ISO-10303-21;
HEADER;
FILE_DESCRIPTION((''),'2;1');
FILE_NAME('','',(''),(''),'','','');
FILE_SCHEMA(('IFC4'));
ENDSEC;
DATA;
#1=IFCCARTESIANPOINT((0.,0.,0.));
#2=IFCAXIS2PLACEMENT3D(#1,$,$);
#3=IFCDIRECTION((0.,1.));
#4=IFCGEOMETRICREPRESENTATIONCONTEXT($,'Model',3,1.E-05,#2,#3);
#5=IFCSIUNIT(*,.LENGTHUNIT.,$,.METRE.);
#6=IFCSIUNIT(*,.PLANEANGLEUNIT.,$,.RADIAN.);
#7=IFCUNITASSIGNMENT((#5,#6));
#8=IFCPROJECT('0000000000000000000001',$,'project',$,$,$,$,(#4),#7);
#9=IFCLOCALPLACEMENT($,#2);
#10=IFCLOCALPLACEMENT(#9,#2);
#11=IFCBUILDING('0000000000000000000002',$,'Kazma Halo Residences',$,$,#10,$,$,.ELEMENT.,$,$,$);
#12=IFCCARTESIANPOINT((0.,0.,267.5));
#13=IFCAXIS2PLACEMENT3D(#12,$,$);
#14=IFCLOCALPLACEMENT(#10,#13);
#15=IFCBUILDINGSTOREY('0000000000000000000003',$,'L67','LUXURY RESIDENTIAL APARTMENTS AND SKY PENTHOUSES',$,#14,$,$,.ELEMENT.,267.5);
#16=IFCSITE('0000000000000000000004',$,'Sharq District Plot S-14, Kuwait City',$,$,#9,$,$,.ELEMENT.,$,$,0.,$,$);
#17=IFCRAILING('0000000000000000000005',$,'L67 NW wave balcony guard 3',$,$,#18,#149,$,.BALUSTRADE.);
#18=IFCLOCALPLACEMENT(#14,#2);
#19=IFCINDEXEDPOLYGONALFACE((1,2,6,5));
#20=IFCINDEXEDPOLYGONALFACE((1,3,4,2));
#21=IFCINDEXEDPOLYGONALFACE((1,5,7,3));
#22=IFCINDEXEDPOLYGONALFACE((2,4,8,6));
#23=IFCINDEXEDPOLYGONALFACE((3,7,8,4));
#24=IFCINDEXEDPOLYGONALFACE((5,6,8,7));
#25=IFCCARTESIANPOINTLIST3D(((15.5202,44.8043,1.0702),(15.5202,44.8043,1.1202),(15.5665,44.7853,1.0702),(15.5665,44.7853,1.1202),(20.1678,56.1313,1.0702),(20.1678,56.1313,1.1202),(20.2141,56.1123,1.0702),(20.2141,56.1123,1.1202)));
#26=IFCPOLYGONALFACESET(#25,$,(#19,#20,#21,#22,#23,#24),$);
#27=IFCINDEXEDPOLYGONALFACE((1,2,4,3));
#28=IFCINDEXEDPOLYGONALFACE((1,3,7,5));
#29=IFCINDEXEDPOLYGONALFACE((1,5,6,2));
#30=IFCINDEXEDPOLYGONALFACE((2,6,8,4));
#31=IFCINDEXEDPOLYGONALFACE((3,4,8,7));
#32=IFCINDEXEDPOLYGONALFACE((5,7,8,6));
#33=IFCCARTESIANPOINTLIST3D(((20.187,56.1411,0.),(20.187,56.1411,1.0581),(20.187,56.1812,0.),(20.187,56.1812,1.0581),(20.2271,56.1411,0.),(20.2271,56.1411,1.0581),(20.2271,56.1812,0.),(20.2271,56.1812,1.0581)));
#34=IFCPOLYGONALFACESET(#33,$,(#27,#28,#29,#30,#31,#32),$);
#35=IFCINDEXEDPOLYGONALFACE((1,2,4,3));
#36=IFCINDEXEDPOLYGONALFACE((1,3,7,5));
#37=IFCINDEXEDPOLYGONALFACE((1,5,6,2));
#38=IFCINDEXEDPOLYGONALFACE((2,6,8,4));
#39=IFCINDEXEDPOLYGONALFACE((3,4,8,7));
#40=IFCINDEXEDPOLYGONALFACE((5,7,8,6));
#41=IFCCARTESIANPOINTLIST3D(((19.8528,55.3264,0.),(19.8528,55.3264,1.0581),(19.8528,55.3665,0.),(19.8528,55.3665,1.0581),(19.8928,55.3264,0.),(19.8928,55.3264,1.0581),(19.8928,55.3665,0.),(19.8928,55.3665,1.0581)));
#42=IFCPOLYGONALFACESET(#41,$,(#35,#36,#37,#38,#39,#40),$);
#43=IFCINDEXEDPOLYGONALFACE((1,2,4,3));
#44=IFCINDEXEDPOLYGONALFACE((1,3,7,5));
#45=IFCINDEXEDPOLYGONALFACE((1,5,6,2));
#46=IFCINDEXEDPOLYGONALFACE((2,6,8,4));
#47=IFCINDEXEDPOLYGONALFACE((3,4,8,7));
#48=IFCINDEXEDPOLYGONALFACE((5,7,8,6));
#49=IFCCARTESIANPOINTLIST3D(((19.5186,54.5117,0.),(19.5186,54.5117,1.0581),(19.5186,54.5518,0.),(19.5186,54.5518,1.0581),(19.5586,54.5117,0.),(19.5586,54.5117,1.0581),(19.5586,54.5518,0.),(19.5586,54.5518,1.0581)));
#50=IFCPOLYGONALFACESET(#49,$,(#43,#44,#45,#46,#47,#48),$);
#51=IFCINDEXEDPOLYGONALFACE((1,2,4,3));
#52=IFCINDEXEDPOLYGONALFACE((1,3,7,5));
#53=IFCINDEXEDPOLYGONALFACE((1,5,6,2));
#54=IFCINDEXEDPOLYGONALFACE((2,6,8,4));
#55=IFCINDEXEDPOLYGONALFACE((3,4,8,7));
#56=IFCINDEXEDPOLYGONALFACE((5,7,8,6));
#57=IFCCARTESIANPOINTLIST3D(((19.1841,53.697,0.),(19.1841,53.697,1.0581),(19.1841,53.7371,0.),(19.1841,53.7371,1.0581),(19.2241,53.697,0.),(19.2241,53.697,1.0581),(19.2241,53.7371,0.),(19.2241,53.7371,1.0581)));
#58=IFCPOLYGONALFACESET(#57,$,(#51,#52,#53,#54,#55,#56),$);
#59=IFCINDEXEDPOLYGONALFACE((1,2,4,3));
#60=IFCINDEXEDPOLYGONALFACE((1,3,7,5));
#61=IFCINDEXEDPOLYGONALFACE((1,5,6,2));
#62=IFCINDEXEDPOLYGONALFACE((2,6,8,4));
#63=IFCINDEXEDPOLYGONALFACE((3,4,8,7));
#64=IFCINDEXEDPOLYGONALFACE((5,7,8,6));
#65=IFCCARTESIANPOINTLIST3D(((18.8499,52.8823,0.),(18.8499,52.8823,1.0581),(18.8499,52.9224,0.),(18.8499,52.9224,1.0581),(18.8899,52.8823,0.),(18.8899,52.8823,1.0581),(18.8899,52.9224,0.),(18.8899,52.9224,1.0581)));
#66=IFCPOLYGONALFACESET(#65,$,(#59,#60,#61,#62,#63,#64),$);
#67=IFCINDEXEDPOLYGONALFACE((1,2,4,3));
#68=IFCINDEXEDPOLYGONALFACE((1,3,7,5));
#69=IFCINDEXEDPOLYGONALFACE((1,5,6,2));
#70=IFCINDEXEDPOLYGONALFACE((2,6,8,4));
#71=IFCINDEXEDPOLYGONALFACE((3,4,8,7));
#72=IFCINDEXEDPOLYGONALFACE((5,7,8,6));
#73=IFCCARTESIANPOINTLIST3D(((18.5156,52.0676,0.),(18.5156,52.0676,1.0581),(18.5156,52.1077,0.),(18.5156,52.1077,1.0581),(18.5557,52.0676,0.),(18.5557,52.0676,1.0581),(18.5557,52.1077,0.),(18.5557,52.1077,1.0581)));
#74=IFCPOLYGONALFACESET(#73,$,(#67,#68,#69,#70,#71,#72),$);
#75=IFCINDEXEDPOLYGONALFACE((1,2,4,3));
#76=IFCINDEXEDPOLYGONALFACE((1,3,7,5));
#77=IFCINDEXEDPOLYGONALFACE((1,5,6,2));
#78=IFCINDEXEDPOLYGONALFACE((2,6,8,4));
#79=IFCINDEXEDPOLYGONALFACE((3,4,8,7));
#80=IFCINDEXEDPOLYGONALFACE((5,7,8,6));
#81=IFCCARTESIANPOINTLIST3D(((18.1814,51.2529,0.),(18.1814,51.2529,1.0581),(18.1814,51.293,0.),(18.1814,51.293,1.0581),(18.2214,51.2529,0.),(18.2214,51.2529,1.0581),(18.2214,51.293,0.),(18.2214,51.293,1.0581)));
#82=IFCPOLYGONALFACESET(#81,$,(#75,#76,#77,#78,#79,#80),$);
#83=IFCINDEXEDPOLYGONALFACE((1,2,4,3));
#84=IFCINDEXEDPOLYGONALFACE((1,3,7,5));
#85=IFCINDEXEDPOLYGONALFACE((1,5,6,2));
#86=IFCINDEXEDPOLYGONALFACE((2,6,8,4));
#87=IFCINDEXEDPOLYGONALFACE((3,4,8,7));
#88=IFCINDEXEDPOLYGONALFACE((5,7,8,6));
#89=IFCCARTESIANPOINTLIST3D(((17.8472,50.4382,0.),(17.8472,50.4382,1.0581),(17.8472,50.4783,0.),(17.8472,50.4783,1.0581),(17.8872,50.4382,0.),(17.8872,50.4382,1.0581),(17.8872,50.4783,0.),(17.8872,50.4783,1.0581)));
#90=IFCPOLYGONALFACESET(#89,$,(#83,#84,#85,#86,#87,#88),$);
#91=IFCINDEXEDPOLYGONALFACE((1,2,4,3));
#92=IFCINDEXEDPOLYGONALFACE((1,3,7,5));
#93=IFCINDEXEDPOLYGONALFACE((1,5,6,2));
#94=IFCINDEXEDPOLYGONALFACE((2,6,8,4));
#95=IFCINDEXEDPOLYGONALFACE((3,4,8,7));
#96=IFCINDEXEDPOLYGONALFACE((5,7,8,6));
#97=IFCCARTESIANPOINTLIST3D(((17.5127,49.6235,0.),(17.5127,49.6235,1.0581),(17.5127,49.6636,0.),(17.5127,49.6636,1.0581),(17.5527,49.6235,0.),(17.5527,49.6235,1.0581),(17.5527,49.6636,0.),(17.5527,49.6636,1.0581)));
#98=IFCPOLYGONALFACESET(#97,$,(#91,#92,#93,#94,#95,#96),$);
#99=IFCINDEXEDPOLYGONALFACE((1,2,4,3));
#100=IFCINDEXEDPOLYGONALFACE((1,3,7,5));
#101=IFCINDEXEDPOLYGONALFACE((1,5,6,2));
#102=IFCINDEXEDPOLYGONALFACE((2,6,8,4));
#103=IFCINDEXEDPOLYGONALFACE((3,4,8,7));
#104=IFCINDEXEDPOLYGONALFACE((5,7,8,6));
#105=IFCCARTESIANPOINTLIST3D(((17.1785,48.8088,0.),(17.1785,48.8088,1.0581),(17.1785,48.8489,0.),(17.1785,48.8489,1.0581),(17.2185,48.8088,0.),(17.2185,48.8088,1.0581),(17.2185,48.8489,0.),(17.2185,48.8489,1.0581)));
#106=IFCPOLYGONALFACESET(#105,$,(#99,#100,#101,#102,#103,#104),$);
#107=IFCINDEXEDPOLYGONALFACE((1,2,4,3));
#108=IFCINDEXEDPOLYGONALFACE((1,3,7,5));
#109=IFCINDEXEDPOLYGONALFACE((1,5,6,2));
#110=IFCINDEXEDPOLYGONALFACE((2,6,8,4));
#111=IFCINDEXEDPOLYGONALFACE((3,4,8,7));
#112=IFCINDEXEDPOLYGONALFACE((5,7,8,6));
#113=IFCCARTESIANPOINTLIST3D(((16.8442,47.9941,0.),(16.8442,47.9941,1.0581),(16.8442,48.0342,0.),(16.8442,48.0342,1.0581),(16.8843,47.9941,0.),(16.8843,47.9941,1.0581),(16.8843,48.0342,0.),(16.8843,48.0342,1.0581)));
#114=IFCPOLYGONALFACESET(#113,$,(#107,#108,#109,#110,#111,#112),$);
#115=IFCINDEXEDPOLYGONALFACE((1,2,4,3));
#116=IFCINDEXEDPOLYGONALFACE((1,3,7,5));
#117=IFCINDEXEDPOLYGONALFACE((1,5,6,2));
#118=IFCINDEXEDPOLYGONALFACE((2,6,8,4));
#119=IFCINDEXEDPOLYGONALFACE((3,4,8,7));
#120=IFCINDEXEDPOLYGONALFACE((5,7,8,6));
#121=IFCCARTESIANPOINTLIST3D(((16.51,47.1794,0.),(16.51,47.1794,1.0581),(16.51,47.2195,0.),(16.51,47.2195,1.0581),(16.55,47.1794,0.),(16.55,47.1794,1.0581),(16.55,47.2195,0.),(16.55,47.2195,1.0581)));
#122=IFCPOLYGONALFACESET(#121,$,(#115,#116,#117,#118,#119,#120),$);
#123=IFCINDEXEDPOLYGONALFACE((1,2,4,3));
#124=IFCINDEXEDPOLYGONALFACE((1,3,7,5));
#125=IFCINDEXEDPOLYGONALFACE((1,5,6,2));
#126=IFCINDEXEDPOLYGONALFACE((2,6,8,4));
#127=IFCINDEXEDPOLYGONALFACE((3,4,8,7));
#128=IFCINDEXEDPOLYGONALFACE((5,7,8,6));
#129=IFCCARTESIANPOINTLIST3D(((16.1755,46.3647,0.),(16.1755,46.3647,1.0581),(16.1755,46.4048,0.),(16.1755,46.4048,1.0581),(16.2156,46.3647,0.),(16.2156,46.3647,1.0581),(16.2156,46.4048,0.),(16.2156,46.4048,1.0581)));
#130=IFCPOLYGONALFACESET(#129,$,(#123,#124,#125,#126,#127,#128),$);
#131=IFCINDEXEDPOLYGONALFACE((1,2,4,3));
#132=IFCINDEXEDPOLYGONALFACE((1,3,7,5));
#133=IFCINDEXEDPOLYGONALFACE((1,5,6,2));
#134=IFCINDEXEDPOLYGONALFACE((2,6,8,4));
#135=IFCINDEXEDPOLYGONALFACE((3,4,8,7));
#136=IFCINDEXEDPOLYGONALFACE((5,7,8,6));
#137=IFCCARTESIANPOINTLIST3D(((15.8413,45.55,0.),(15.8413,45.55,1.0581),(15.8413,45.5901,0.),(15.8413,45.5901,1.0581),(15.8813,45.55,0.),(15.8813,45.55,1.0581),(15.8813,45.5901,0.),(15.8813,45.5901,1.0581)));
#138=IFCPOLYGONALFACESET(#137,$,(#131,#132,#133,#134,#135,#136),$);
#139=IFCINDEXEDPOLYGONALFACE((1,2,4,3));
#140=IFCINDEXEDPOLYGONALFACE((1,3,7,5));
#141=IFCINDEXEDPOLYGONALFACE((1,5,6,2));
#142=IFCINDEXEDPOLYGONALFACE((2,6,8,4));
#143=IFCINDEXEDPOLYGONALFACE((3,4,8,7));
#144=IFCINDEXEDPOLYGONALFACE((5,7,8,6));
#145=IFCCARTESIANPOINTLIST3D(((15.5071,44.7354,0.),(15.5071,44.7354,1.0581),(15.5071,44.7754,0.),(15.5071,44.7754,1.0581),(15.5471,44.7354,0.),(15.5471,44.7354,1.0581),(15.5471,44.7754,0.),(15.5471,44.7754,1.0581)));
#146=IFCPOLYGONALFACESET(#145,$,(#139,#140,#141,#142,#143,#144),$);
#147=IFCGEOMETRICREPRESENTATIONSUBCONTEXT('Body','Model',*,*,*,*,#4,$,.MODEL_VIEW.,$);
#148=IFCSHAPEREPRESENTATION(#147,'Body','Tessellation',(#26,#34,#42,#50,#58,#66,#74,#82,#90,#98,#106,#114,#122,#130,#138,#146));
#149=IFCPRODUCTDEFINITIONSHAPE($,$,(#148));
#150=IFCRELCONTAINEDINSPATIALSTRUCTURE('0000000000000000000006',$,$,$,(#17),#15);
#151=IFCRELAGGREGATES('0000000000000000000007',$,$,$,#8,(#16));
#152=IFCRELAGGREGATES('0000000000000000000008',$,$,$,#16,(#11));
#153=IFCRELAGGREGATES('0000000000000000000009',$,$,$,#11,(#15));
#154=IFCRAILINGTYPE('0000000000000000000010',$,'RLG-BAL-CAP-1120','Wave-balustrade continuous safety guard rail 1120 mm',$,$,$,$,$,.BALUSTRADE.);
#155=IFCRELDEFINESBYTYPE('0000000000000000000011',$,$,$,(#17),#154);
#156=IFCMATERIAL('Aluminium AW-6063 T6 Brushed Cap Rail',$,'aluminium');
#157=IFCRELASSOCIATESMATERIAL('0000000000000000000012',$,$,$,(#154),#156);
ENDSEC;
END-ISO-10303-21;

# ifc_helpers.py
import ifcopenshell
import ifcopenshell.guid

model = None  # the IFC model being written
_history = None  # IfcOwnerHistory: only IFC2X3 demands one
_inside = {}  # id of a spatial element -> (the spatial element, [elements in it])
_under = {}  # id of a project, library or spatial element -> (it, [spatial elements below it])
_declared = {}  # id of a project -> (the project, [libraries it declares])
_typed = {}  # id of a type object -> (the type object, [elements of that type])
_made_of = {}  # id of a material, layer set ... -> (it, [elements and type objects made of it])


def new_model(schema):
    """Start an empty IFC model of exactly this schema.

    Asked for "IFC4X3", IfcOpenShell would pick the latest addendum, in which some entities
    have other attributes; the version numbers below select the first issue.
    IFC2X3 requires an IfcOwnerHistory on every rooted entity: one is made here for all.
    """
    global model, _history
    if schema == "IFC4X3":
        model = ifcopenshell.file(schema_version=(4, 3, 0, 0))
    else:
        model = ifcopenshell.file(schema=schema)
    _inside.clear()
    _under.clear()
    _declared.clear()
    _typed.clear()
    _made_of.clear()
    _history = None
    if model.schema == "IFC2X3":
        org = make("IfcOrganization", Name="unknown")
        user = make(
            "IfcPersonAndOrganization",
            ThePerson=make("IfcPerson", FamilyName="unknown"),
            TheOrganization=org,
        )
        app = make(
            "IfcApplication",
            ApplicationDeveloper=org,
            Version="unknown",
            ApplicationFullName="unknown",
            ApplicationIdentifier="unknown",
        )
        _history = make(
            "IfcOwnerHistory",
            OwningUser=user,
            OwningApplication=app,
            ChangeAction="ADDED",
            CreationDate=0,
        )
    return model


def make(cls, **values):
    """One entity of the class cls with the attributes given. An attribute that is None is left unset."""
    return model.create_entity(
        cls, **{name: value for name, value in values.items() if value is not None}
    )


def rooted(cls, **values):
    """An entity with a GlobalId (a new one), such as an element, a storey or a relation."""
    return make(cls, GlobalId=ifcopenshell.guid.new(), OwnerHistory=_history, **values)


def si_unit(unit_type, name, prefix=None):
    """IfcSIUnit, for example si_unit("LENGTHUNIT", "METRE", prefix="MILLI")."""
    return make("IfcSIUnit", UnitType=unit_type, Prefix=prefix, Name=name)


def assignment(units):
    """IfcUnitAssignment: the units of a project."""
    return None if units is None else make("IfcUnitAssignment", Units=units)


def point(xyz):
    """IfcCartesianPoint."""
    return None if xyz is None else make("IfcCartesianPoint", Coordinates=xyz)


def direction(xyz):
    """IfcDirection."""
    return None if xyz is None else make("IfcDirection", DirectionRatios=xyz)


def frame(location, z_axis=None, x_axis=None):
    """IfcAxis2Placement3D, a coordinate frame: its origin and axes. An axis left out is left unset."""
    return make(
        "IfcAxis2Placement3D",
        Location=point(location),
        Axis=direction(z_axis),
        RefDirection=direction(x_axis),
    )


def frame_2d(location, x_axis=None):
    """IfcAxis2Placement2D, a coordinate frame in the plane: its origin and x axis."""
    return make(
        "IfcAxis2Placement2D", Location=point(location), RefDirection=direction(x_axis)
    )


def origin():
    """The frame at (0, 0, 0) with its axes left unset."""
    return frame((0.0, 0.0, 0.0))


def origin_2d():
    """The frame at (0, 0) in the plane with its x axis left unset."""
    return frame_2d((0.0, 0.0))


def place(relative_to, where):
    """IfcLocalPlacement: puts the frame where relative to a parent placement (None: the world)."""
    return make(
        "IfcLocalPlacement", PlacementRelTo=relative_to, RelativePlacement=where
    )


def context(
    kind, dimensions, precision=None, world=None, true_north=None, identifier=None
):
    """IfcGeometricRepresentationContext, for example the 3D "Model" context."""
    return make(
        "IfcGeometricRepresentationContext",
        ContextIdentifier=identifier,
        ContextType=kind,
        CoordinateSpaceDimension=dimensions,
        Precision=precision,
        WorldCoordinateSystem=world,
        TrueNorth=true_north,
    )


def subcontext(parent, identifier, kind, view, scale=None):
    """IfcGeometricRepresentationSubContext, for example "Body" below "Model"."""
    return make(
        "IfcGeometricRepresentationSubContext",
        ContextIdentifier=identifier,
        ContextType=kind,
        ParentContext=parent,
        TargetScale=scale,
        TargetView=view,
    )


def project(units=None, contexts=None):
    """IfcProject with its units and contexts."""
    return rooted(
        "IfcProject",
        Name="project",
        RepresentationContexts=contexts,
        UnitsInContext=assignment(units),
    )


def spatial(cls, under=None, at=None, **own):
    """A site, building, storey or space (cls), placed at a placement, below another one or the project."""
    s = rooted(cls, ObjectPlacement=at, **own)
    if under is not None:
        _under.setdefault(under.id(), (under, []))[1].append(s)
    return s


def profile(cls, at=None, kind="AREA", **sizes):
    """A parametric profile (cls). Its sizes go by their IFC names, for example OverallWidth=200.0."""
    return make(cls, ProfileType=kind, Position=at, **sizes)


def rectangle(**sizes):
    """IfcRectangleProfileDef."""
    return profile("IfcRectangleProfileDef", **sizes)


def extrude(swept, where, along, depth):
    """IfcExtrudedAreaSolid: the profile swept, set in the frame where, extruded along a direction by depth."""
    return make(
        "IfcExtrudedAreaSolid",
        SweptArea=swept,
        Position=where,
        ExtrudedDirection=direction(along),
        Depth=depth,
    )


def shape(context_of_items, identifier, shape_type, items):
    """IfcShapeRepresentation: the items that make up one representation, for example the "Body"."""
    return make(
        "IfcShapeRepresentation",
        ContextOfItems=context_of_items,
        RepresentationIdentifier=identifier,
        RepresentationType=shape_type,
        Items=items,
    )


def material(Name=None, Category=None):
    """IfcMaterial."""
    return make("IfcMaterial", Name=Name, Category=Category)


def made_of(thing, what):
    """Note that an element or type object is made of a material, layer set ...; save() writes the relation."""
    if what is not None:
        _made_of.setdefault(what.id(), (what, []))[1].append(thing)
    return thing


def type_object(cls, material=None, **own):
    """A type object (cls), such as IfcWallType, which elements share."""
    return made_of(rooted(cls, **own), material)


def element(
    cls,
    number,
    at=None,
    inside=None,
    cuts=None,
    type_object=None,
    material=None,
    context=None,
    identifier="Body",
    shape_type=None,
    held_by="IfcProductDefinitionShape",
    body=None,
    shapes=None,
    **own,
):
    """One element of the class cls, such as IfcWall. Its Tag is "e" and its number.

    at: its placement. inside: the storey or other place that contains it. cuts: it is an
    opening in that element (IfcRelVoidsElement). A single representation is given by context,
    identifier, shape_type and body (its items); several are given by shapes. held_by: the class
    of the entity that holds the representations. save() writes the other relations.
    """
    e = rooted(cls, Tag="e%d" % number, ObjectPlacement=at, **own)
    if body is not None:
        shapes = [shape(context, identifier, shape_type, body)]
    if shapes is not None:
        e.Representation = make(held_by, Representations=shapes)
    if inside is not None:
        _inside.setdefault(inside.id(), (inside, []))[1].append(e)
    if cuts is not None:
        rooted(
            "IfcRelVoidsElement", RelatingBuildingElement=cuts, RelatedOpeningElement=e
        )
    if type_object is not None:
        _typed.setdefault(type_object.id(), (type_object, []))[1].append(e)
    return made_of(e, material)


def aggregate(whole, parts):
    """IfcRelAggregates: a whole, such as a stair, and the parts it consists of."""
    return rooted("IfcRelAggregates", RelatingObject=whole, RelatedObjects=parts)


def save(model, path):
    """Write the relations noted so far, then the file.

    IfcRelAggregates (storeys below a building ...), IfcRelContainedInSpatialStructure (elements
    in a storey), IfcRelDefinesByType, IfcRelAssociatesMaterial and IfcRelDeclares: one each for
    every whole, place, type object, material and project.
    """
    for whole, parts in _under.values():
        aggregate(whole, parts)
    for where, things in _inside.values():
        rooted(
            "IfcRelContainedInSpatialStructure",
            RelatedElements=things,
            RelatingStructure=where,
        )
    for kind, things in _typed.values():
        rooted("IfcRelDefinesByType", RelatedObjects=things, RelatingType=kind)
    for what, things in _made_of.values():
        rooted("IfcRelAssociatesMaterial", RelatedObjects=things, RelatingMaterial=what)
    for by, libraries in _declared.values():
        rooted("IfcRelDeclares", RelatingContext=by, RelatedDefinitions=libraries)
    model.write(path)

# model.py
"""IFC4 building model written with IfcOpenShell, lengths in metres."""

from ifc_helpers import new_model, si_unit, direction, frame, origin, origin_2d, place, context, subcontext, project, spatial, rectangle, extrude, material, type_object, element, save


model = new_model("IFC4")

# Units and contexts
model_context = context("Model", 3, precision=1e-05, world=origin(), true_north=direction((0.0, 1.0)))
body_context = subcontext(model_context, "Body", "Model", "MODEL_VIEW")
ifc_project = project(units=[si_unit("LENGTHUNIT", "METRE"), si_unit("PLANEANGLEUNIT", "RADIAN")], contexts=[model_context])

# Site, building, storey
site_placement = place(None, origin())
site = spatial("IfcSite", under=ifc_project, at=site_placement, Name="Sharq District Plot S-14, Kuwait City", CompositionType="ELEMENT", RefElevation=0.0)
building_placement = place(site_placement, origin())
building = spatial("IfcBuilding", under=site, at=building_placement, Name="Kazma Halo Residences", CompositionType="ELEMENT")
storey_placement = place(building_placement, frame((0.0, 0.0, 267.5)))
storey = spatial("IfcBuildingStorey", under=building, at=storey_placement, Name="L67", Description="LUXURY RESIDENTIAL APARTMENTS AND SKY PENTHOUSES", CompositionType="ELEMENT", Elevation=267.5)

# Railing
ifc_material_1 = material(Name="Aluminium AW-6063 T6 Brushed Cap Rail", Category="aluminium")
railing_type = type_object("IfcRailingType", Name="RLG-BAL-CAP-1120", Description="Wave-balustrade continuous safety guard rail 1120 mm", PredefinedType="BALUSTRADE", material=ifc_material_1)
railing_1_placement = place(storey_placement, frame((20.207, 56.1611, 0.0)))
element("IfcRailing", 1, at=railing_1_placement, inside=storey, type_object=railing_type, Name="L67 NW wave balcony guard 3", PredefinedType="BALUSTRADE", context=body_context, shape_type="SweptSolid", body=[
    extrude(rectangle(XDim=0.05, YDim=0.05, at=origin_2d()), frame((-0.0161, -0.0393, 1.0952), z_axis=(-0.379601, -0.92515, 0.0), x_axis=(0.92515, -0.379601, 0.0)), (0.0, 0.0, 1.0), 12.2434),
    extrude(rectangle(XDim=0.04, YDim=0.04, at=origin_2d()), origin(), (0.0, 0.0, 1.0), 1.0581),
    extrude(rectangle(XDim=0.04, YDim=0.04, at=origin_2d()), frame((-0.3342, -0.8147, 0.0)), (0.0, 0.0, 1.0), 1.0581),
    extrude(rectangle(XDim=0.04, YDim=0.04, at=origin_2d()), frame((-0.6685, -1.6294, 0.0)), (0.0, 0.0, 1.0), 1.0581),
    extrude(rectangle(XDim=0.04, YDim=0.04, at=origin_2d()), frame((-1.0029, -2.4441, 0.0)), (0.0, 0.0, 1.0), 1.0581),
    extrude(rectangle(XDim=0.04, YDim=0.04, at=origin_2d()), frame((-1.3372, -3.2588, 0.0)), (0.0, 0.0, 1.0), 1.0581),
    extrude(rectangle(XDim=0.04, YDim=0.04, at=origin_2d()), frame((-1.6714, -4.0735, 0.0)), (0.0, 0.0, 1.0), 1.0581),
    extrude(rectangle(XDim=0.04, YDim=0.04, at=origin_2d()), frame((-2.0056, -4.8882, 0.0)), (0.0, 0.0, 1.0), 1.0581),
    extrude(rectangle(XDim=0.04, YDim=0.04, at=origin_2d()), frame((-2.3398, -5.7029, 0.0)), (0.0, 0.0, 1.0), 1.0581),
    extrude(rectangle(XDim=0.04, YDim=0.04, at=origin_2d()), frame((-2.6743, -6.5176, 0.0)), (0.0, 0.0, 1.0), 1.0581),
    extrude(rectangle(XDim=0.04, YDim=0.04, at=origin_2d()), frame((-3.0085, -7.3323, 0.0)), (0.0, 0.0, 1.0), 1.0581),
    extrude(rectangle(XDim=0.04, YDim=0.04, at=origin_2d()), frame((-3.3428, -8.147, 0.0)), (0.0, 0.0, 1.0), 1.0581),
    extrude(rectangle(XDim=0.04, YDim=0.04, at=origin_2d()), frame((-3.677, -8.9617, 0.0)), (0.0, 0.0, 1.0), 1.0581),
    extrude(rectangle(XDim=0.04, YDim=0.04, at=origin_2d()), frame((-4.0115, -9.7764, 0.0)), (0.0, 0.0, 1.0), 1.0581),
    extrude(rectangle(XDim=0.04, YDim=0.04, at=origin_2d()), frame((-4.3457, -10.5911, 0.0)), (0.0, 0.0, 1.0), 1.0581),
    extrude(rectangle(XDim=0.04, YDim=0.04, at=origin_2d()), frame((-4.6799, -11.4058, 0.0)), (0.0, 0.0, 1.0), 1.0581),
])

save(model, "model.ifc")
